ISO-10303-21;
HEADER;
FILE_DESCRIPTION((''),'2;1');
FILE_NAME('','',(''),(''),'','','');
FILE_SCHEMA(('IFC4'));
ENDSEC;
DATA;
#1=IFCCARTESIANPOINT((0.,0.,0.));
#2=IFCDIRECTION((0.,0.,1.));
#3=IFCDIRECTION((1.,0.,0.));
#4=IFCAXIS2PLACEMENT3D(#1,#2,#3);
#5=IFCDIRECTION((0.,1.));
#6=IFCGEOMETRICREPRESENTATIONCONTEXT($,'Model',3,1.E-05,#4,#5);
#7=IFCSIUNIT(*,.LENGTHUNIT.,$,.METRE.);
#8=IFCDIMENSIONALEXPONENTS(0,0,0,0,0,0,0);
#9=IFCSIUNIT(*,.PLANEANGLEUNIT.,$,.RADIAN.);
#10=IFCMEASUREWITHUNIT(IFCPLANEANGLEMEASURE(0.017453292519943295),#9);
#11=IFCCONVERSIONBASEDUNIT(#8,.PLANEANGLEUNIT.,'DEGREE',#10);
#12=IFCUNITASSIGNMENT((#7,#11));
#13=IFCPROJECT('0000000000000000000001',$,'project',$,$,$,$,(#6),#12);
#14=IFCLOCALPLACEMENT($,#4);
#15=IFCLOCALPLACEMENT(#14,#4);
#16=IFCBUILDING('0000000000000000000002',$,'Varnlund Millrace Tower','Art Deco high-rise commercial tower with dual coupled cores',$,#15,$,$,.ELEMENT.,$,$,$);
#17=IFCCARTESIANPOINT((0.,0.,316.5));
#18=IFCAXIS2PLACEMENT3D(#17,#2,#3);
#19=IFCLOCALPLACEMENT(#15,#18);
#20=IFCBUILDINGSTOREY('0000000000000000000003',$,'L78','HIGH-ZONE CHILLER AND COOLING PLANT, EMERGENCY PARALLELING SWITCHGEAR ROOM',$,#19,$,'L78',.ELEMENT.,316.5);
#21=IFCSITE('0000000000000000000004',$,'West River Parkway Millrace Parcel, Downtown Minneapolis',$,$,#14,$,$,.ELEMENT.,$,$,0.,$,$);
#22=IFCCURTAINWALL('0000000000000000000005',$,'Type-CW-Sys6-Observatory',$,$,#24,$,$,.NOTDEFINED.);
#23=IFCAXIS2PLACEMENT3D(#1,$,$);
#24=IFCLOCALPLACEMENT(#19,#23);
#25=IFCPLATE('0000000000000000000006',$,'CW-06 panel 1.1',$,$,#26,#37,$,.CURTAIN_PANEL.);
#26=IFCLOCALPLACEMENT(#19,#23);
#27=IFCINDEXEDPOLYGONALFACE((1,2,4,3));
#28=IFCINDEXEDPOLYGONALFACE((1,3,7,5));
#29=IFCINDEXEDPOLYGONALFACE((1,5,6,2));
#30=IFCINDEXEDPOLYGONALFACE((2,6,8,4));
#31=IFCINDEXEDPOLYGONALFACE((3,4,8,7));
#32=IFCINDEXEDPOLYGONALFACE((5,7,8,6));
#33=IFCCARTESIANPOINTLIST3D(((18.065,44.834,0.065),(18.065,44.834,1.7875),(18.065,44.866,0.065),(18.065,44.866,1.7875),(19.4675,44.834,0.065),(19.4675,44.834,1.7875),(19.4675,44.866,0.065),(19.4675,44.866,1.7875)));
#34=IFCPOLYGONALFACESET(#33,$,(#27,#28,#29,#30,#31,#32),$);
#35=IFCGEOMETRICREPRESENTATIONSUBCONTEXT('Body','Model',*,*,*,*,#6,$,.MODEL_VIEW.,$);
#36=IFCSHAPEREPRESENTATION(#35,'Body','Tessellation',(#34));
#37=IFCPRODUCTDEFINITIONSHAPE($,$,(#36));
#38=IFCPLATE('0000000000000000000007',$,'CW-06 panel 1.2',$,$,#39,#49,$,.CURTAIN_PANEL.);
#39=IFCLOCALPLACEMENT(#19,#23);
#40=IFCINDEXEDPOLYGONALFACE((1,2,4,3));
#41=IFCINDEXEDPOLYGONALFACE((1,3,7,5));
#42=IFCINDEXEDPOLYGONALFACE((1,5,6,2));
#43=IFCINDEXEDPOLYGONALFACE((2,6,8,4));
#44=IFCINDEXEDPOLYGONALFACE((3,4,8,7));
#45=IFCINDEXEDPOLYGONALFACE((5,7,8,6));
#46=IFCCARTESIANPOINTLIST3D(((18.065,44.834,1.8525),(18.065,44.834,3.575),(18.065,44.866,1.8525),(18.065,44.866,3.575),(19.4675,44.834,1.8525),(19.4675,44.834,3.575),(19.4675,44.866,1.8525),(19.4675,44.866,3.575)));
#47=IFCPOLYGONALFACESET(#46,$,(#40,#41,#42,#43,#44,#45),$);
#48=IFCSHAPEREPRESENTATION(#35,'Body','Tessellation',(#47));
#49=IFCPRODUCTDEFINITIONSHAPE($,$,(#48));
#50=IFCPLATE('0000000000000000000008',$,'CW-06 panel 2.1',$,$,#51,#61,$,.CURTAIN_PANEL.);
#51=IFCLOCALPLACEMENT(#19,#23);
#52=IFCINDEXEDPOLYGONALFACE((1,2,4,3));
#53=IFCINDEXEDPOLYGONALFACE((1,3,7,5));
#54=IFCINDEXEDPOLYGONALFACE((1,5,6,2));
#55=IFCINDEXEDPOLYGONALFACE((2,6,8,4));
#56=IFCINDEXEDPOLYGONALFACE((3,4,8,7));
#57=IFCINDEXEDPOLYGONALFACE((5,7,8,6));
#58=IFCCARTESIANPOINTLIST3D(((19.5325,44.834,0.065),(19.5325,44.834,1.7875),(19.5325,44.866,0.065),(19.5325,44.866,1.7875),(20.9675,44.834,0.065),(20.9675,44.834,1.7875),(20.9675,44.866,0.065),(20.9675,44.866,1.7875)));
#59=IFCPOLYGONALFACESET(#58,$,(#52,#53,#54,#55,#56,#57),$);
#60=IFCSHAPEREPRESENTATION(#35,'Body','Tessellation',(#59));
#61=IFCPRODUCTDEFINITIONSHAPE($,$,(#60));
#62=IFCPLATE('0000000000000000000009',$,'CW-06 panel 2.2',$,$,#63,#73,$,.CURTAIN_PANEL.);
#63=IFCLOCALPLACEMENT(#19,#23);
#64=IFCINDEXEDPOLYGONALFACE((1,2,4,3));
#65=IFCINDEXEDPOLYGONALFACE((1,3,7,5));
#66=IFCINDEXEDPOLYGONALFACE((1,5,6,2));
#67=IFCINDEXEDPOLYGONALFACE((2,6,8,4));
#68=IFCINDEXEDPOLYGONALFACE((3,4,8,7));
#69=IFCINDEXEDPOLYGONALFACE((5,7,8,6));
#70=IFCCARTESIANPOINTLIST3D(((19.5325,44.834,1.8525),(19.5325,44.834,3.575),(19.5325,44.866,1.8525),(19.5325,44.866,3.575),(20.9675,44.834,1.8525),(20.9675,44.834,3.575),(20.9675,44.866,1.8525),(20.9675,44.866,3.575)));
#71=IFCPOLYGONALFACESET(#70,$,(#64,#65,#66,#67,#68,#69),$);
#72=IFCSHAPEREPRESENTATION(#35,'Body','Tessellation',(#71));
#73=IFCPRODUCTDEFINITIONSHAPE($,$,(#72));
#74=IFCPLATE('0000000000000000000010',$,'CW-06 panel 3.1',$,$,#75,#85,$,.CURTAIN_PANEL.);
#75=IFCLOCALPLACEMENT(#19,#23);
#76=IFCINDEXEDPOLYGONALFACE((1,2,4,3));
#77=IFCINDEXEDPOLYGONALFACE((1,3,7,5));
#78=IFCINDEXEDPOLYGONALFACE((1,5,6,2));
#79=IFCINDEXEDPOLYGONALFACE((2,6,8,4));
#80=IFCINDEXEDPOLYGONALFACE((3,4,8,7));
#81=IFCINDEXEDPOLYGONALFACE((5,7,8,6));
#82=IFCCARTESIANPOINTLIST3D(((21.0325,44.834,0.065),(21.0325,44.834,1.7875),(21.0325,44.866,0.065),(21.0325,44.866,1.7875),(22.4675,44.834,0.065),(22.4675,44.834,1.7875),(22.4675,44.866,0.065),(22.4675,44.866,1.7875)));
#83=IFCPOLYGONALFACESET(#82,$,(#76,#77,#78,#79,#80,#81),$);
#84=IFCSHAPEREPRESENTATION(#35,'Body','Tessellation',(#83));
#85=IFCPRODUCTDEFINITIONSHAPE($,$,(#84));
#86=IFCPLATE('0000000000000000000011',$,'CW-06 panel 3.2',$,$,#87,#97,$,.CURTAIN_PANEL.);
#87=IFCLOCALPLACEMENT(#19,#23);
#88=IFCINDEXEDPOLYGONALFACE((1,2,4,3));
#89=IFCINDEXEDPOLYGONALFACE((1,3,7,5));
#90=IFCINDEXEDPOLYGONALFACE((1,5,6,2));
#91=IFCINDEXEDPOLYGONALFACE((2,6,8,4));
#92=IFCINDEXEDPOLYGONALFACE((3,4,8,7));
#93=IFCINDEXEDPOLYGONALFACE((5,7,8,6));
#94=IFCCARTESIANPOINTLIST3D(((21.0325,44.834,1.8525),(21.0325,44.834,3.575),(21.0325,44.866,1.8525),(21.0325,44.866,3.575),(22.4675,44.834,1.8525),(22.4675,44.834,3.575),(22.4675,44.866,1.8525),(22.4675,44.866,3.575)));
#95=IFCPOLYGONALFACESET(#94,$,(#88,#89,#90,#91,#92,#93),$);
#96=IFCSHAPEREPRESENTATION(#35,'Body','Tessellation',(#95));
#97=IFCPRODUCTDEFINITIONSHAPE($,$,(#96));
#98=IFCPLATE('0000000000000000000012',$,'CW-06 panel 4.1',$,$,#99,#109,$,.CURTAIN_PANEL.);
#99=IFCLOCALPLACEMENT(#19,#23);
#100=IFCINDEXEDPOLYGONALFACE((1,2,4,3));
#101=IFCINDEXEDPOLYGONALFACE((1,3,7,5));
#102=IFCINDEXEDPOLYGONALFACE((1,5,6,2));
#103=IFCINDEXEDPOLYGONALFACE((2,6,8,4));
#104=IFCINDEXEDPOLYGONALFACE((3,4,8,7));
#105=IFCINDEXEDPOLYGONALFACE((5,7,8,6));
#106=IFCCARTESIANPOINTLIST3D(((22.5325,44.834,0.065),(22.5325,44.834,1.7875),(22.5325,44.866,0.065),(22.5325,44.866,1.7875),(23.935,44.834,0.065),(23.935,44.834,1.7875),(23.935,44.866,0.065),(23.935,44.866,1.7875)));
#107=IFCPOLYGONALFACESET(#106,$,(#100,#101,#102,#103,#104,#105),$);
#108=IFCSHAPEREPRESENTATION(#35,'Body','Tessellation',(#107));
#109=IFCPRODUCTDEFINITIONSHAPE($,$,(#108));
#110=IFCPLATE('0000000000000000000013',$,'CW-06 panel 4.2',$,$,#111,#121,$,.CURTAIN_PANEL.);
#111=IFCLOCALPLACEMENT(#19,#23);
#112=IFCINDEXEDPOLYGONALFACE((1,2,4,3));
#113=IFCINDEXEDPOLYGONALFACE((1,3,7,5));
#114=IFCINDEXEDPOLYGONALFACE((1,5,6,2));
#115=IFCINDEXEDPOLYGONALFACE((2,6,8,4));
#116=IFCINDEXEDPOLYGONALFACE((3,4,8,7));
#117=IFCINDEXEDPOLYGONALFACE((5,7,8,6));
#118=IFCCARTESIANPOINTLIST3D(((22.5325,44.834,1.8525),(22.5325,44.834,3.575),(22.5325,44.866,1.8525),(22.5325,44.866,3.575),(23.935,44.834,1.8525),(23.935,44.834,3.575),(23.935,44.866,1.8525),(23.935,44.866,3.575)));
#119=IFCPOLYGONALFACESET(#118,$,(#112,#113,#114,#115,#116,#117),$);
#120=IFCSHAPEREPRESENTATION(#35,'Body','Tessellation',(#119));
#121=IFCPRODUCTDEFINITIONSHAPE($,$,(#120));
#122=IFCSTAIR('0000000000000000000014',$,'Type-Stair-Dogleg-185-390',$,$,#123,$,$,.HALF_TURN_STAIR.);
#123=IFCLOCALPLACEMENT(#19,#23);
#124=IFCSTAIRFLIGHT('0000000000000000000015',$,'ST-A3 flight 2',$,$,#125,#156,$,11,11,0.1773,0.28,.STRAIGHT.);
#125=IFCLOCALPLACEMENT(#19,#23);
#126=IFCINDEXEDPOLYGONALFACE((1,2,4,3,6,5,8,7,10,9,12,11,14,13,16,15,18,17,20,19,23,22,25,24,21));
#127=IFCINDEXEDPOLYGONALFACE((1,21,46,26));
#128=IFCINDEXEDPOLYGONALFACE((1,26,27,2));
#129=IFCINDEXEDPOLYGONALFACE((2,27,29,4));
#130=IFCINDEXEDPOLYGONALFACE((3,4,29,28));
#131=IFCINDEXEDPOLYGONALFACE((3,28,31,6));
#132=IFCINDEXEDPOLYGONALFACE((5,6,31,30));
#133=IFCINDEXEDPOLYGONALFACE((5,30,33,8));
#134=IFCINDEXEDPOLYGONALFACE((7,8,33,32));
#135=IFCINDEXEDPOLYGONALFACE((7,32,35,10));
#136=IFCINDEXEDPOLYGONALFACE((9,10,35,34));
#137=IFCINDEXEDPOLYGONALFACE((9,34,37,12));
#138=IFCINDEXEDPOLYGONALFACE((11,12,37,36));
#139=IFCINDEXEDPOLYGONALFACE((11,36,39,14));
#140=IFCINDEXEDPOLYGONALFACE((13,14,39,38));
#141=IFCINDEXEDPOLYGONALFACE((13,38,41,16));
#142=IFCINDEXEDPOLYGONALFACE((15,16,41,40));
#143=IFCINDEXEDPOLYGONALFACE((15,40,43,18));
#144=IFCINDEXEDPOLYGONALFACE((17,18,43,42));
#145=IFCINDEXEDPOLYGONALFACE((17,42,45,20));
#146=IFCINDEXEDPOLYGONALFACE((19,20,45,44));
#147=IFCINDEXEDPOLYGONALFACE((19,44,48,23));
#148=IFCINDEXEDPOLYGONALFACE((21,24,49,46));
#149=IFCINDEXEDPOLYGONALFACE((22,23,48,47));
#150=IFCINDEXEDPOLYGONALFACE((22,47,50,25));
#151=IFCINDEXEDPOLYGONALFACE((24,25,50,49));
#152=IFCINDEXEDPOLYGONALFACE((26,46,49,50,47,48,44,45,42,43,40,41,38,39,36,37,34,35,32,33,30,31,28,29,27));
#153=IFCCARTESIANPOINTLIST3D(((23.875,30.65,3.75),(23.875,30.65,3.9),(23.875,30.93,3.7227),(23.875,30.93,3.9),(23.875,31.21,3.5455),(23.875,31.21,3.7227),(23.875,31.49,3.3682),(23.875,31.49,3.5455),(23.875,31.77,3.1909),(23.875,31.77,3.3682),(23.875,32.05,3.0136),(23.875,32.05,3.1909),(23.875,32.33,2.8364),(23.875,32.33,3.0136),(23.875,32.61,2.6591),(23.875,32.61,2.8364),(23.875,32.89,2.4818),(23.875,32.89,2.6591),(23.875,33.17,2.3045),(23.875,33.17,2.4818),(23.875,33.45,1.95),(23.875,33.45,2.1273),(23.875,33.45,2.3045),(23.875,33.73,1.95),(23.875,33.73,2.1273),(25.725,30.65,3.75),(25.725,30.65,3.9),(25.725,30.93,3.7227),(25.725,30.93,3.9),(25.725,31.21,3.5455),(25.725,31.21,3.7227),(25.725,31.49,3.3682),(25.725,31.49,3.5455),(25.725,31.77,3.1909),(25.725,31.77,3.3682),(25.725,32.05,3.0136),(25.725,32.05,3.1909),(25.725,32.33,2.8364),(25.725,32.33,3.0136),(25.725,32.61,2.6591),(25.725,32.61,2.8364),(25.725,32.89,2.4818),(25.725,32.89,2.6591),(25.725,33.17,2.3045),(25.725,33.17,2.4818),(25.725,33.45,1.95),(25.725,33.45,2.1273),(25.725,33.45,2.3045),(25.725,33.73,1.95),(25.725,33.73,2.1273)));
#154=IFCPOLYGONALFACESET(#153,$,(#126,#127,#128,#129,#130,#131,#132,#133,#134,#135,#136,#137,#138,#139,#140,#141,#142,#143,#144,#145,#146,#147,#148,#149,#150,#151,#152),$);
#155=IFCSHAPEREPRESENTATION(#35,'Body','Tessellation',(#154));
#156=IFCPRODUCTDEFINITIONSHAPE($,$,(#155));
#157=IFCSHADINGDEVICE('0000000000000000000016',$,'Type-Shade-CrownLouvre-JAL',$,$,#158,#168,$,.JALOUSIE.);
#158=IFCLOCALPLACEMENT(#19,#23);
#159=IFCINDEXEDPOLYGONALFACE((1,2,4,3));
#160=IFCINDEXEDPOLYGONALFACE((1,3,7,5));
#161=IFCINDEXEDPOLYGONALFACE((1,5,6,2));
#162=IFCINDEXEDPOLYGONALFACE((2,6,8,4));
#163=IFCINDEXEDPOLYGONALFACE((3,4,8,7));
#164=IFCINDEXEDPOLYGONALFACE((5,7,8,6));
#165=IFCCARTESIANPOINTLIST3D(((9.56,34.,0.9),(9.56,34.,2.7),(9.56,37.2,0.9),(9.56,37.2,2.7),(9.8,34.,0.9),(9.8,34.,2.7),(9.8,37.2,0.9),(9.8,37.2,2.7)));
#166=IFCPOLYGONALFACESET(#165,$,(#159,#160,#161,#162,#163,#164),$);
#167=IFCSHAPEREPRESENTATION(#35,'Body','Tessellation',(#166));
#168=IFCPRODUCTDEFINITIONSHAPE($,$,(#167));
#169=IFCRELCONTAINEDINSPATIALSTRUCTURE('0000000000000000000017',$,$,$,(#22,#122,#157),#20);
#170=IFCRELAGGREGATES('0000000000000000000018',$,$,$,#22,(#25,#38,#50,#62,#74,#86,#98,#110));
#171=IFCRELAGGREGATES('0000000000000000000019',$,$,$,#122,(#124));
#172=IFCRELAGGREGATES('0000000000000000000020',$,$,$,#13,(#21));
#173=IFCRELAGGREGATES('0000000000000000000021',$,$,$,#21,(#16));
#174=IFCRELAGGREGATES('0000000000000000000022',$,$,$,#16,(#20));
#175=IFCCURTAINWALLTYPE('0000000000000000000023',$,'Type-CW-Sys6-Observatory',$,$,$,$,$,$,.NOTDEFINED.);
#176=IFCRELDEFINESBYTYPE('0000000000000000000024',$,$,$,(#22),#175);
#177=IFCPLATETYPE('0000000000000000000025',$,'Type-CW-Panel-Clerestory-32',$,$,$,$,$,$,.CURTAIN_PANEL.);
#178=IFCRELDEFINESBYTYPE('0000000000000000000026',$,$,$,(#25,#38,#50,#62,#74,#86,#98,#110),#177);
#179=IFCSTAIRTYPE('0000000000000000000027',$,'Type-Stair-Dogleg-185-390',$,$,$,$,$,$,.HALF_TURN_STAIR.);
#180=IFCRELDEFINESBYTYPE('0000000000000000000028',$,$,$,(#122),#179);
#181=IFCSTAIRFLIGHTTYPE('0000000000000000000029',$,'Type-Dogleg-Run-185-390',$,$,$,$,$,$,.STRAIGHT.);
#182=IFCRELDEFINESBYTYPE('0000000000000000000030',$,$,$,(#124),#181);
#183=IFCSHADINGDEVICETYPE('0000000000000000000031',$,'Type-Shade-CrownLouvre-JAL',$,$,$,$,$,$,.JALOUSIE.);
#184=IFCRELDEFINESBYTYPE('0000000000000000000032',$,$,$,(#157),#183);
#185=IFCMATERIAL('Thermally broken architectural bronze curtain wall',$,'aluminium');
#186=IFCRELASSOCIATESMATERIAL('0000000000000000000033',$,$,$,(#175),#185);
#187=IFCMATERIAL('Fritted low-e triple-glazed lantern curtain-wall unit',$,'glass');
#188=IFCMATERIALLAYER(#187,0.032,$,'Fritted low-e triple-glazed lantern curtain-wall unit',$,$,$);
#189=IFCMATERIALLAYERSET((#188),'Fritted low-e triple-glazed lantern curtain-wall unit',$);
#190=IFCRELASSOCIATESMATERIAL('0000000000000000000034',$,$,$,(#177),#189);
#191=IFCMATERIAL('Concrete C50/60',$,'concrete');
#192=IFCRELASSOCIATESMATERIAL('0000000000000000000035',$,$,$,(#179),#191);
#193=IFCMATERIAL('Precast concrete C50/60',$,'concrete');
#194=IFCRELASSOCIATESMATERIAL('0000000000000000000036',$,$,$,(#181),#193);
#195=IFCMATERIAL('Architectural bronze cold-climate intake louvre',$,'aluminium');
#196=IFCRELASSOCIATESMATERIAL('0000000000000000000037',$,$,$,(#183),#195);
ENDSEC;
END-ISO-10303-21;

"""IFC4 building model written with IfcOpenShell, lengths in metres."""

from ifc_helpers import new_model, entity, si_unit, converted_unit, direction, frame, origin_with_axes, origin_2d_with_axis, place, context, subcontext, project, spatial, polyline, rectangle, outline, extrude, material, layer, layer_set, type_object, element, aggregate, save


model = new_model("IFC4")

# Units and contexts
model_context = context("Model", 3, precision=1e-05, world=origin_with_axes(), true_north=direction((0.0, 1.0)))
body_context = subcontext(model_context, "Body", "Model", "MODEL_VIEW")
ifc_project = project(units=[si_unit("LENGTHUNIT", "METRE"), converted_unit("PLANEANGLEUNIT", "DEGREE", entity("IfcPlaneAngleMeasure", 0.017453292519943295), si_unit("PLANEANGLEUNIT", "RADIAN"), dimensions=[0, 0, 0, 0, 0, 0, 0])], contexts=[model_context])

# Site, building, storey
site_placement = place(None, origin_with_axes())
site = spatial("IfcSite", under=ifc_project, at=site_placement, Name="West River Parkway Millrace Parcel, Downtown Minneapolis", CompositionType="ELEMENT", RefElevation=0.0)
building_placement = place(site_placement, origin_with_axes())
building = spatial("IfcBuilding", under=site, at=building_placement, Name="Varnlund Millrace Tower", Description="Art Deco high-rise commercial tower with dual coupled cores", CompositionType="ELEMENT")
storey_placement = place(building_placement, frame((0.0, 0.0, 316.5), z_axis=(0.0, 0.0, 1.0), x_axis=(1.0, 0.0, 0.0)))
storey = spatial("IfcBuildingStorey", under=building, at=storey_placement, Name="L78", Description="HIGH-ZONE CHILLER AND COOLING PLANT, EMERGENCY PARALLELING SWITCHGEAR ROOM", LongName="L78", CompositionType="ELEMENT", Elevation=316.5)

# Curtain wall
ifc_material_1 = material(Name="Thermally broken architectural bronze curtain wall", Category="aluminium")
curtain_wall_type = type_object("IfcCurtainWallType", Name="Type-CW-Sys6-Observatory", PredefinedType="NOTDEFINED", material=ifc_material_1)
curtain_wall_1_placement = place(storey_placement, frame((18.0, 44.85, 0.0), z_axis=(0.0, 0.0, 1.0), x_axis=(1.0, 0.0, 0.0)))
curtain_wall_1 = element("IfcCurtainWall", 1, at=curtain_wall_1_placement, inside=storey, type_object=curtain_wall_type, Name="Type-CW-Sys6-Observatory", PredefinedType="NOTDEFINED")

# Plates
ifc_material_2 = material(Name="Fritted low-e triple-glazed lantern curtain-wall unit", Category="glass")
ifc_layer = layer(ifc_material_2, 0.032, Name="Fritted low-e triple-glazed lantern curtain-wall unit")
ifc_layer_set = layer_set([ifc_layer], Name="Fritted low-e triple-glazed lantern curtain-wall unit")
plate_type = type_object("IfcPlateType", Name="Type-CW-Panel-Clerestory-32", PredefinedType="CURTAIN_PANEL", material=ifc_layer_set)
plate_1_placement = place(storey_placement, frame((18.7662, 44.85, 0.065), z_axis=(0.0, 0.0, 1.0), x_axis=(1.0, 0.0, 0.0)))
plate_1 = element("IfcPlate", 2, at=plate_1_placement, type_object=plate_type, Name="CW-06 panel 1.1", PredefinedType="CURTAIN_PANEL", context=body_context, shape_type="SweptSolid", body=[
    extrude(rectangle(XDim=1.4025, YDim=0.032, at=origin_2d_with_axis()), origin_with_axes(), (0.0, 0.0, 1.0), 1.7225),
])
plate_2_placement = place(storey_placement, frame((18.7662, 44.85, 1.8525), z_axis=(0.0, 0.0, 1.0), x_axis=(1.0, 0.0, 0.0)))
plate_2 = element("IfcPlate", 3, at=plate_2_placement, type_object=plate_type, Name="CW-06 panel 1.2", PredefinedType="CURTAIN_PANEL", context=body_context, shape_type="SweptSolid", body=[
    extrude(rectangle(XDim=1.4025, YDim=0.032, at=origin_2d_with_axis()), origin_with_axes(), (0.0, 0.0, 1.0), 1.7225),
])
plate_3_placement = place(storey_placement, frame((20.25, 44.85, 0.065), z_axis=(0.0, 0.0, 1.0), x_axis=(1.0, 0.0, 0.0)))
plate_3 = element("IfcPlate", 4, at=plate_3_placement, type_object=plate_type, Name="CW-06 panel 2.1", PredefinedType="CURTAIN_PANEL", context=body_context, shape_type="SweptSolid", body=[
    extrude(rectangle(XDim=1.435, YDim=0.032, at=origin_2d_with_axis()), origin_with_axes(), (0.0, 0.0, 1.0), 1.7225),
])
plate_4_placement = place(storey_placement, frame((20.25, 44.85, 1.8525), z_axis=(0.0, 0.0, 1.0), x_axis=(1.0, 0.0, 0.0)))
plate_4 = element("IfcPlate", 5, at=plate_4_placement, type_object=plate_type, Name="CW-06 panel 2.2", PredefinedType="CURTAIN_PANEL", context=body_context, shape_type="SweptSolid", body=[
    extrude(rectangle(XDim=1.435, YDim=0.032, at=origin_2d_with_axis()), origin_with_axes(), (0.0, 0.0, 1.0), 1.7225),
])
plate_5_placement = place(storey_placement, frame((21.75, 44.85, 0.065), z_axis=(0.0, 0.0, 1.0), x_axis=(1.0, 0.0, 0.0)))
plate_5 = element("IfcPlate", 6, at=plate_5_placement, type_object=plate_type, Name="CW-06 panel 3.1", PredefinedType="CURTAIN_PANEL", context=body_context, shape_type="SweptSolid", body=[
    extrude(rectangle(XDim=1.435, YDim=0.032, at=origin_2d_with_axis()), origin_with_axes(), (0.0, 0.0, 1.0), 1.7225),
])
plate_6_placement = place(storey_placement, frame((21.75, 44.85, 1.8525), z_axis=(0.0, 0.0, 1.0), x_axis=(1.0, 0.0, 0.0)))
plate_6 = element("IfcPlate", 7, at=plate_6_placement, type_object=plate_type, Name="CW-06 panel 3.2", PredefinedType="CURTAIN_PANEL", context=body_context, shape_type="SweptSolid", body=[
    extrude(rectangle(XDim=1.435, YDim=0.032, at=origin_2d_with_axis()), origin_with_axes(), (0.0, 0.0, 1.0), 1.7225),
])
plate_7_placement = place(storey_placement, frame((23.2338, 44.85, 0.065), z_axis=(0.0, 0.0, 1.0), x_axis=(1.0, 0.0, 0.0)))
plate_7 = element("IfcPlate", 8, at=plate_7_placement, type_object=plate_type, Name="CW-06 panel 4.1", PredefinedType="CURTAIN_PANEL", context=body_context, shape_type="SweptSolid", body=[
    extrude(rectangle(XDim=1.4025, YDim=0.032, at=origin_2d_with_axis()), origin_with_axes(), (0.0, 0.0, 1.0), 1.7225),
])
plate_8_placement = place(storey_placement, frame((23.2338, 44.85, 1.8525), z_axis=(0.0, 0.0, 1.0), x_axis=(1.0, 0.0, 0.0)))
plate_8 = element("IfcPlate", 9, at=plate_8_placement, type_object=plate_type, Name="CW-06 panel 4.2", PredefinedType="CURTAIN_PANEL", context=body_context, shape_type="SweptSolid", body=[
    extrude(rectangle(XDim=1.4025, YDim=0.032, at=origin_2d_with_axis()), origin_with_axes(), (0.0, 0.0, 1.0), 1.7225),
])
aggregate(curtain_wall_1, [plate_1, plate_2, plate_3, plate_4, plate_5, plate_6, plate_7, plate_8])

# Stair, stair flight
ifc_material_3 = material(Name="Concrete C50/60", Category="concrete")
stair_type = type_object("IfcStairType", Name="Type-Stair-Dogleg-185-390", PredefinedType="HALF_TURN_STAIR", material=ifc_material_3)
stair_placement = place(storey_placement, origin_with_axes())
stair = element("IfcStair", 10, at=stair_placement, inside=storey, type_object=stair_type, Name="Type-Stair-Dogleg-185-390", PredefinedType="HALF_TURN_STAIR")
ifc_material_4 = material(Name="Precast concrete C50/60", Category="concrete")
stair_flight_type = type_object("IfcStairFlightType", Name="Type-Dogleg-Run-185-390", PredefinedType="STRAIGHT", material=ifc_material_4)
stair_flight_placement = place(storey_placement, frame((25.725, 33.73, 1.95), z_axis=(-1.0, 0.0, 0.0), x_axis=(0.0, -1.0, 0.0)))
stair_flight = element("IfcStairFlight", 11, at=stair_flight_placement, type_object=stair_flight_type, Name="ST-A3 flight 2", NumberOfRisers=11, NumberOfTreads=11, PredefinedType="STRAIGHT", RiserHeight=0.1773, TreadLength=0.28, context=body_context, shape_type="SweptSolid", body=[
    extrude(outline(polyline([(0.0, 0.0), (0.0, 0.1773), (0.28, 0.1773), (0.28, 0.3545), (0.56, 0.3545), (0.56, 0.5318), (0.84, 0.5318), (0.84, 0.7091), (1.12, 0.7091), (1.12, 0.8864), (1.4, 0.8864), (1.4, 1.0636), (1.68, 1.0636), (1.68, 1.2409), (1.96, 1.2409), (1.96, 1.4182), (2.24, 1.4182), (2.24, 1.5955), (2.52, 1.5955), (2.52, 1.7727), (2.8, 1.7727), (2.8, 1.95), (3.08, 1.95), (3.08, 1.8), (0.28, 0.0), (0.0, 0.0)])), origin_with_axes(), (0.0, 0.0, 1.0), 1.85),
])
aggregate(stair, [stair_flight])

# Shading device
ifc_material_5 = material(Name="Architectural bronze cold-climate intake louvre", Category="aluminium")
shading_device_type = type_object("IfcShadingDeviceType", Name="Type-Shade-CrownLouvre-JAL", PredefinedType="JALOUSIE", material=ifc_material_5)
shading_device_placement = place(storey_placement, frame((9.68, 35.6, 0.9), z_axis=(0.0, 0.0, 1.0), x_axis=(0.0, 1.0, 0.0)))
element("IfcShadingDevice", 12, at=shading_device_placement, inside=storey, type_object=shading_device_type, Name="Type-Shade-CrownLouvre-JAL", PredefinedType="JALOUSIE", context=body_context, shape_type="SweptSolid", body=[
    extrude(rectangle(XDim=3.2, YDim=0.24, at=origin_2d_with_axis()), origin_with_axes(), (0.0, 0.0, 1.0), 1.8),
])

save(model, "model.ifc")
